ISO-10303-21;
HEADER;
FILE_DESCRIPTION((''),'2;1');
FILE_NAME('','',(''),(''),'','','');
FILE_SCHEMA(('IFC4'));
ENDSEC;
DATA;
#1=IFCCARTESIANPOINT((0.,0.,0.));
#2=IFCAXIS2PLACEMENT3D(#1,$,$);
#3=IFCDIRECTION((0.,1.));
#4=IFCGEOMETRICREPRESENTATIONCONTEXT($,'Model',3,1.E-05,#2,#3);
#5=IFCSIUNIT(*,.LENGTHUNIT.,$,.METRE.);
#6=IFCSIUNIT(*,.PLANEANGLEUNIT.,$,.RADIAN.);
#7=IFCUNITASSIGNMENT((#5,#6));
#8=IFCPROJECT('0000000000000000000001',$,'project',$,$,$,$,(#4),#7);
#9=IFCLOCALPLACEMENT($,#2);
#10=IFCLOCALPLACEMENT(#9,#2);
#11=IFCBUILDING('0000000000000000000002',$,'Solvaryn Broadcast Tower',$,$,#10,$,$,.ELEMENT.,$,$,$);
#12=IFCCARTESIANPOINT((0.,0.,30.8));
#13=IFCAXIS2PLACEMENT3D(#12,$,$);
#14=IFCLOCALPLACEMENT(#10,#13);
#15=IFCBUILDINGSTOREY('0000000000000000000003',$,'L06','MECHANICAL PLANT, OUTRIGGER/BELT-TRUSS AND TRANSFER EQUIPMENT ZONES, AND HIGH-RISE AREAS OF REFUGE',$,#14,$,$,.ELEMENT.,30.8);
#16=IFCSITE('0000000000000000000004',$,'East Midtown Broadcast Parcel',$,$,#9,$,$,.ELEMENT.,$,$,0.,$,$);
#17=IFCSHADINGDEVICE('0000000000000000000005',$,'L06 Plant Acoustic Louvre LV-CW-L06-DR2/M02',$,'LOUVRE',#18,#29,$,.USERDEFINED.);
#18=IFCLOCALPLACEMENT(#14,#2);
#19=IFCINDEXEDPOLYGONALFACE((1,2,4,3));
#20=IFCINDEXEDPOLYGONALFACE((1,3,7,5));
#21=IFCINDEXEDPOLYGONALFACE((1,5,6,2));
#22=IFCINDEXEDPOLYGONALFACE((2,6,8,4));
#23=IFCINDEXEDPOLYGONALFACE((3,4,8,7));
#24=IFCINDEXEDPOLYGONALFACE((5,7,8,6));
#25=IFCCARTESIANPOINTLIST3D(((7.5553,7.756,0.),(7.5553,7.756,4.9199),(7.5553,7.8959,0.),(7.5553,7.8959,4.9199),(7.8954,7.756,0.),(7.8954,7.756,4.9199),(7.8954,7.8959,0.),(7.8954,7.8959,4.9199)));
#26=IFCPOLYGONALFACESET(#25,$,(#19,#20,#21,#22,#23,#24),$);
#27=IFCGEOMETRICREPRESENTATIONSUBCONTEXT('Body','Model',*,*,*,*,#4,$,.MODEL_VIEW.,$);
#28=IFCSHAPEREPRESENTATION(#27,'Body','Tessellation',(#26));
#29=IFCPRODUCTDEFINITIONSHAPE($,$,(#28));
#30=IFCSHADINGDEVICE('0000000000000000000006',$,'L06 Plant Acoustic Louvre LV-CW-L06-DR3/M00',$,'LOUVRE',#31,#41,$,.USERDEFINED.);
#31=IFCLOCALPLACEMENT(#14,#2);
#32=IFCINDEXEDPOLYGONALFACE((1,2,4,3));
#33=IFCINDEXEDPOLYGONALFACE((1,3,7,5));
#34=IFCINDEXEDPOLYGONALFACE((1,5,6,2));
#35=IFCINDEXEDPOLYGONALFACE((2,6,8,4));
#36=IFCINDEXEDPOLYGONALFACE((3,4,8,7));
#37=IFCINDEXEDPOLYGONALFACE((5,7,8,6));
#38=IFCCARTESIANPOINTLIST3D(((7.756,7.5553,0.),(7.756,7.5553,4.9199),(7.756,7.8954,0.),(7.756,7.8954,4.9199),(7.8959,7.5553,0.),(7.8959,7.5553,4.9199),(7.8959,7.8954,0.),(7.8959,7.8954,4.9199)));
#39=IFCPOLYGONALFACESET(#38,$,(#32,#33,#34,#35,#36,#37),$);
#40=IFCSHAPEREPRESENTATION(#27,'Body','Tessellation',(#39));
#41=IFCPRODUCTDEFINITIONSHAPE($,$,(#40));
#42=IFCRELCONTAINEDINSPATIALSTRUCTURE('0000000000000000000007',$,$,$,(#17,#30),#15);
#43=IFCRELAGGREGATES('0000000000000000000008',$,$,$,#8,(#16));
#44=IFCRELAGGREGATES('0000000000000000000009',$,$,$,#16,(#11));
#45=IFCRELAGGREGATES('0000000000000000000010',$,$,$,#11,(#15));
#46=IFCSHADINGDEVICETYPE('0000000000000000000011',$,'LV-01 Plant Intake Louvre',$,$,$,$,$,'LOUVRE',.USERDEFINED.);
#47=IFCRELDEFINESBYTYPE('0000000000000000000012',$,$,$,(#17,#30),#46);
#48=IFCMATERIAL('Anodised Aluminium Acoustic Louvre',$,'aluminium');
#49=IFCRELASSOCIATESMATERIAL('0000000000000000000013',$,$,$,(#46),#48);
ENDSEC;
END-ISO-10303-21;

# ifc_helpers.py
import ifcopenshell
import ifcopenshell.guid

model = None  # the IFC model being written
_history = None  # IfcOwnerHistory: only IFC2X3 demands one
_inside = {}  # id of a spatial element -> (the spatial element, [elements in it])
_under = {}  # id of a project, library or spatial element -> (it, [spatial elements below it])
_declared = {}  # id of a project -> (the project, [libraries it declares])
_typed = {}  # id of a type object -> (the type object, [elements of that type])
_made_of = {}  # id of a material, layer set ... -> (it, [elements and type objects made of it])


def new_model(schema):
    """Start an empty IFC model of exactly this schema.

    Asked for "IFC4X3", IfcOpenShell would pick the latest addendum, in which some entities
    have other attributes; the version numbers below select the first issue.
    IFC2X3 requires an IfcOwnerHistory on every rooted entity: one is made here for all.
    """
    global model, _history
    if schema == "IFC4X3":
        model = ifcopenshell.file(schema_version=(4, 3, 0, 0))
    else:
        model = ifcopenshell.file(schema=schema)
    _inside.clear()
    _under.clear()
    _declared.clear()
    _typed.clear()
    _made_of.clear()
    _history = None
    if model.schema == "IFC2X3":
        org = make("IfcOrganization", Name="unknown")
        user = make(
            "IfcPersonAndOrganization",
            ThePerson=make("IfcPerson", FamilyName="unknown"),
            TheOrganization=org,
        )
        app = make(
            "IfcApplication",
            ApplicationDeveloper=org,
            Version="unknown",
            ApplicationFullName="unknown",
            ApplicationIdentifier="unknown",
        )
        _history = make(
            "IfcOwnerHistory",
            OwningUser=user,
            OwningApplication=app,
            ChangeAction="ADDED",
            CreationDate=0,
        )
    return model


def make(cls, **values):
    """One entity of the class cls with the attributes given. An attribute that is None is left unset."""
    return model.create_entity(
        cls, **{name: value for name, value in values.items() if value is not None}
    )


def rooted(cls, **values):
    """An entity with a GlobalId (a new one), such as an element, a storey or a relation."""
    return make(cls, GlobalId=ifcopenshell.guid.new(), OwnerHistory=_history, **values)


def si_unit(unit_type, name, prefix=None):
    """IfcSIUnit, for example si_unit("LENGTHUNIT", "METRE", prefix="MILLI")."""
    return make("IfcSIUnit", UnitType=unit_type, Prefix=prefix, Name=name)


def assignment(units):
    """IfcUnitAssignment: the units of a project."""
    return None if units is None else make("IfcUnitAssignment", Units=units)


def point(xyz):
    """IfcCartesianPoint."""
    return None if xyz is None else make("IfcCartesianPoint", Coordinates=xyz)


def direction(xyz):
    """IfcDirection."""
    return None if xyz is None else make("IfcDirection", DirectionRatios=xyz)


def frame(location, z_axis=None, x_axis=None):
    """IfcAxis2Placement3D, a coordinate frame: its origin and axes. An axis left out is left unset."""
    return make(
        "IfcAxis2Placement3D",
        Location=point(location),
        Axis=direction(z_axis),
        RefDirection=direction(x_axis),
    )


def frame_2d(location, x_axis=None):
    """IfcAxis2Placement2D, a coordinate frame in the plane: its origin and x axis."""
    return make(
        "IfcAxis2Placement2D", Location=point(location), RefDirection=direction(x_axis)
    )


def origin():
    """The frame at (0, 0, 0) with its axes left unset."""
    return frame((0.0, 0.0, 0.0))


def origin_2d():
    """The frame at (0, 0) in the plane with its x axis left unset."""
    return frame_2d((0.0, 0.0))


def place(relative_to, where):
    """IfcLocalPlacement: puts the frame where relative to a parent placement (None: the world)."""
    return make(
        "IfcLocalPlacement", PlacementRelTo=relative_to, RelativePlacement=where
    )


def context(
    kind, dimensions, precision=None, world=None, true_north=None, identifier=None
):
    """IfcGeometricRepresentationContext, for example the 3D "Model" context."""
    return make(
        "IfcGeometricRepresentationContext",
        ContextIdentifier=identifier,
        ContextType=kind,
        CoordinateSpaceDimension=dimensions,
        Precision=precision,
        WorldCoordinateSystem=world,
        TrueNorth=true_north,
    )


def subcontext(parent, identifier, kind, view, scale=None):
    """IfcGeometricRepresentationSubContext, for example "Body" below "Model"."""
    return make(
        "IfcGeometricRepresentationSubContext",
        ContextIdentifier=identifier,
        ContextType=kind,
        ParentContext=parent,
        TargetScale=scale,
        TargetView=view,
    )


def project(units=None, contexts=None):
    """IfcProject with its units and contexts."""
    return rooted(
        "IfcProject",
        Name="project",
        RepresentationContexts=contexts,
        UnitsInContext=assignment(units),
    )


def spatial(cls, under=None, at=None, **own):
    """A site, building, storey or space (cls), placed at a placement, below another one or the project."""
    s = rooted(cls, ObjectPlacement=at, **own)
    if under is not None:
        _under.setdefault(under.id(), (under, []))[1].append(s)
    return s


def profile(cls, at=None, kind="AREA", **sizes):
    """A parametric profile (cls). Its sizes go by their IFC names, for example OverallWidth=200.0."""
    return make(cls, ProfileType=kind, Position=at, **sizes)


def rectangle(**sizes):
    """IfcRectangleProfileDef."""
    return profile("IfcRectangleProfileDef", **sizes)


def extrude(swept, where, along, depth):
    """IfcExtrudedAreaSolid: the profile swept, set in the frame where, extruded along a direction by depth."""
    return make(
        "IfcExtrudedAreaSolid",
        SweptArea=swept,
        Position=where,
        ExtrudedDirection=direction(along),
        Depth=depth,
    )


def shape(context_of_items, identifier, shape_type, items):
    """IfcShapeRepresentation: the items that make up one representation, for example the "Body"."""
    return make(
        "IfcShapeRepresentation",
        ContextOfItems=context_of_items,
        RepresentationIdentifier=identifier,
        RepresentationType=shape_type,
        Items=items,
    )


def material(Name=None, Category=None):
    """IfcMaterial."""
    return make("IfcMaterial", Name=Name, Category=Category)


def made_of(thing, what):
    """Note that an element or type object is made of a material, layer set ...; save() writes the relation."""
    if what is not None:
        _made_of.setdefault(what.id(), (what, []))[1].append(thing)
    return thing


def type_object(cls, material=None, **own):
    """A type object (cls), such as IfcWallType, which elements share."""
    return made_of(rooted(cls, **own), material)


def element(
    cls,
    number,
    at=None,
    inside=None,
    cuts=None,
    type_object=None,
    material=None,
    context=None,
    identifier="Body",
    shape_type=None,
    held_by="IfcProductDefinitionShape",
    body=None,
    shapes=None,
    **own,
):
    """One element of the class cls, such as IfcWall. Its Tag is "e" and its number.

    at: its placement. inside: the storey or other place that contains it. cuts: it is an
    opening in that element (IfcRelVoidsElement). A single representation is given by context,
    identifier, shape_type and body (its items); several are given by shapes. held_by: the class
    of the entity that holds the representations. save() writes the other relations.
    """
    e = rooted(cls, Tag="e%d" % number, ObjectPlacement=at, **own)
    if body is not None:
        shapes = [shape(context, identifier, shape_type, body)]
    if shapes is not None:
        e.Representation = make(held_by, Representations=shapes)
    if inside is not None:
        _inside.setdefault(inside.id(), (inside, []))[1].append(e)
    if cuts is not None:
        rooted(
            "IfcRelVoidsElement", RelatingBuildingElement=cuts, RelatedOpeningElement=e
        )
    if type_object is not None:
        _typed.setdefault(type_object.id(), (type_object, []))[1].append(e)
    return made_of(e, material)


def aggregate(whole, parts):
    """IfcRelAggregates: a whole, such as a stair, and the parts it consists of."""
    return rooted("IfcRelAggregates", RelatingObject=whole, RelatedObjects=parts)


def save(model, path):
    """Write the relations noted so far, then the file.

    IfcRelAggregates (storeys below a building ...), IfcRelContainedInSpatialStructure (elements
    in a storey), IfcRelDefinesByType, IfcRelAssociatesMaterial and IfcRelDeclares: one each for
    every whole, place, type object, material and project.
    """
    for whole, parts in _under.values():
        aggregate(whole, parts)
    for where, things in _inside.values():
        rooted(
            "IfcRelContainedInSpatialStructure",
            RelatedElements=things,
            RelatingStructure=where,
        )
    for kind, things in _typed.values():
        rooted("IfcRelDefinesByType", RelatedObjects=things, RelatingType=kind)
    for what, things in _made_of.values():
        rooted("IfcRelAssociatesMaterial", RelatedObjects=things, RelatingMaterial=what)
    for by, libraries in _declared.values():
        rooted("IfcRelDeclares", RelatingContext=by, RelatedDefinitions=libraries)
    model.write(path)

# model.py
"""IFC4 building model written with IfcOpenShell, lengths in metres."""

from ifc_helpers import new_model, si_unit, direction, frame, origin, origin_2d, place, context, subcontext, project, spatial, rectangle, extrude, material, type_object, element, save


model = new_model("IFC4")

# Units and contexts
model_context = context("Model", 3, precision=1e-05, world=origin(), true_north=direction((0.0, 1.0)))
body_context = subcontext(model_context, "Body", "Model", "MODEL_VIEW")
ifc_project = project(units=[si_unit("LENGTHUNIT", "METRE"), si_unit("PLANEANGLEUNIT", "RADIAN")], contexts=[model_context])

# Site, building, storey
site_placement = place(None, origin())
site = spatial("IfcSite", under=ifc_project, at=site_placement, Name="East Midtown Broadcast Parcel", CompositionType="ELEMENT", RefElevation=0.0)
building_placement = place(site_placement, origin())
building = spatial("IfcBuilding", under=site, at=building_placement, Name="Solvaryn Broadcast Tower", CompositionType="ELEMENT")
storey_placement = place(building_placement, frame((0.0, 0.0, 30.8)))
storey = spatial("IfcBuildingStorey", under=building, at=storey_placement, Name="L06", Description="MECHANICAL PLANT, OUTRIGGER/BELT-TRUSS AND TRANSFER EQUIPMENT ZONES, AND HIGH-RISE AREAS OF REFUGE", CompositionType="ELEMENT", Elevation=30.8)

# Shading devices
ifc_material_1 = material(Name="Anodised Aluminium Acoustic Louvre", Category="aluminium")
shading_device_type = type_object("IfcShadingDeviceType", Name="LV-01 Plant Intake Louvre", ElementType="LOUVRE", PredefinedType="USERDEFINED", material=ifc_material_1)
for number, where, z_axis, x_axis, name in (
    (1, (7.7253, 7.8259, 0.0), (0.0, 0.0, 1.0), (1.0, 0.0, 0.0), "L06 Plant Acoustic Louvre LV-CW-L06-DR2/M02"),
):
    element("IfcShadingDevice", number, at=place(storey_placement, frame(where, z_axis=z_axis, x_axis=x_axis)), inside=storey, type_object=shading_device_type, Name=name, ObjectType="LOUVRE", PredefinedType="USERDEFINED", context=body_context, shape_type="SweptSolid", body=[
        extrude(rectangle(XDim=0.3401, YDim=0.1399, at=origin_2d()), origin(), (0.0, 0.0, 1.0), 4.9199),
    ])
shading_device_placement = place(storey_placement, frame((7.8259, 7.7253, 0.0), z_axis=(0.0, 0.0, 1.0), x_axis=(1.0, 0.0, 0.0)))
element("IfcShadingDevice", 2, at=shading_device_placement, inside=storey, type_object=shading_device_type, Name="L06 Plant Acoustic Louvre LV-CW-L06-DR3/M00", ObjectType="LOUVRE", PredefinedType="USERDEFINED", context=body_context, shape_type="SweptSolid", body=[
    extrude(rectangle(XDim=0.1399, YDim=0.3401, at=origin_2d()), origin(), (0.0, 0.0, 1.0), 4.9199),
])

save(model, "model.ifc")
